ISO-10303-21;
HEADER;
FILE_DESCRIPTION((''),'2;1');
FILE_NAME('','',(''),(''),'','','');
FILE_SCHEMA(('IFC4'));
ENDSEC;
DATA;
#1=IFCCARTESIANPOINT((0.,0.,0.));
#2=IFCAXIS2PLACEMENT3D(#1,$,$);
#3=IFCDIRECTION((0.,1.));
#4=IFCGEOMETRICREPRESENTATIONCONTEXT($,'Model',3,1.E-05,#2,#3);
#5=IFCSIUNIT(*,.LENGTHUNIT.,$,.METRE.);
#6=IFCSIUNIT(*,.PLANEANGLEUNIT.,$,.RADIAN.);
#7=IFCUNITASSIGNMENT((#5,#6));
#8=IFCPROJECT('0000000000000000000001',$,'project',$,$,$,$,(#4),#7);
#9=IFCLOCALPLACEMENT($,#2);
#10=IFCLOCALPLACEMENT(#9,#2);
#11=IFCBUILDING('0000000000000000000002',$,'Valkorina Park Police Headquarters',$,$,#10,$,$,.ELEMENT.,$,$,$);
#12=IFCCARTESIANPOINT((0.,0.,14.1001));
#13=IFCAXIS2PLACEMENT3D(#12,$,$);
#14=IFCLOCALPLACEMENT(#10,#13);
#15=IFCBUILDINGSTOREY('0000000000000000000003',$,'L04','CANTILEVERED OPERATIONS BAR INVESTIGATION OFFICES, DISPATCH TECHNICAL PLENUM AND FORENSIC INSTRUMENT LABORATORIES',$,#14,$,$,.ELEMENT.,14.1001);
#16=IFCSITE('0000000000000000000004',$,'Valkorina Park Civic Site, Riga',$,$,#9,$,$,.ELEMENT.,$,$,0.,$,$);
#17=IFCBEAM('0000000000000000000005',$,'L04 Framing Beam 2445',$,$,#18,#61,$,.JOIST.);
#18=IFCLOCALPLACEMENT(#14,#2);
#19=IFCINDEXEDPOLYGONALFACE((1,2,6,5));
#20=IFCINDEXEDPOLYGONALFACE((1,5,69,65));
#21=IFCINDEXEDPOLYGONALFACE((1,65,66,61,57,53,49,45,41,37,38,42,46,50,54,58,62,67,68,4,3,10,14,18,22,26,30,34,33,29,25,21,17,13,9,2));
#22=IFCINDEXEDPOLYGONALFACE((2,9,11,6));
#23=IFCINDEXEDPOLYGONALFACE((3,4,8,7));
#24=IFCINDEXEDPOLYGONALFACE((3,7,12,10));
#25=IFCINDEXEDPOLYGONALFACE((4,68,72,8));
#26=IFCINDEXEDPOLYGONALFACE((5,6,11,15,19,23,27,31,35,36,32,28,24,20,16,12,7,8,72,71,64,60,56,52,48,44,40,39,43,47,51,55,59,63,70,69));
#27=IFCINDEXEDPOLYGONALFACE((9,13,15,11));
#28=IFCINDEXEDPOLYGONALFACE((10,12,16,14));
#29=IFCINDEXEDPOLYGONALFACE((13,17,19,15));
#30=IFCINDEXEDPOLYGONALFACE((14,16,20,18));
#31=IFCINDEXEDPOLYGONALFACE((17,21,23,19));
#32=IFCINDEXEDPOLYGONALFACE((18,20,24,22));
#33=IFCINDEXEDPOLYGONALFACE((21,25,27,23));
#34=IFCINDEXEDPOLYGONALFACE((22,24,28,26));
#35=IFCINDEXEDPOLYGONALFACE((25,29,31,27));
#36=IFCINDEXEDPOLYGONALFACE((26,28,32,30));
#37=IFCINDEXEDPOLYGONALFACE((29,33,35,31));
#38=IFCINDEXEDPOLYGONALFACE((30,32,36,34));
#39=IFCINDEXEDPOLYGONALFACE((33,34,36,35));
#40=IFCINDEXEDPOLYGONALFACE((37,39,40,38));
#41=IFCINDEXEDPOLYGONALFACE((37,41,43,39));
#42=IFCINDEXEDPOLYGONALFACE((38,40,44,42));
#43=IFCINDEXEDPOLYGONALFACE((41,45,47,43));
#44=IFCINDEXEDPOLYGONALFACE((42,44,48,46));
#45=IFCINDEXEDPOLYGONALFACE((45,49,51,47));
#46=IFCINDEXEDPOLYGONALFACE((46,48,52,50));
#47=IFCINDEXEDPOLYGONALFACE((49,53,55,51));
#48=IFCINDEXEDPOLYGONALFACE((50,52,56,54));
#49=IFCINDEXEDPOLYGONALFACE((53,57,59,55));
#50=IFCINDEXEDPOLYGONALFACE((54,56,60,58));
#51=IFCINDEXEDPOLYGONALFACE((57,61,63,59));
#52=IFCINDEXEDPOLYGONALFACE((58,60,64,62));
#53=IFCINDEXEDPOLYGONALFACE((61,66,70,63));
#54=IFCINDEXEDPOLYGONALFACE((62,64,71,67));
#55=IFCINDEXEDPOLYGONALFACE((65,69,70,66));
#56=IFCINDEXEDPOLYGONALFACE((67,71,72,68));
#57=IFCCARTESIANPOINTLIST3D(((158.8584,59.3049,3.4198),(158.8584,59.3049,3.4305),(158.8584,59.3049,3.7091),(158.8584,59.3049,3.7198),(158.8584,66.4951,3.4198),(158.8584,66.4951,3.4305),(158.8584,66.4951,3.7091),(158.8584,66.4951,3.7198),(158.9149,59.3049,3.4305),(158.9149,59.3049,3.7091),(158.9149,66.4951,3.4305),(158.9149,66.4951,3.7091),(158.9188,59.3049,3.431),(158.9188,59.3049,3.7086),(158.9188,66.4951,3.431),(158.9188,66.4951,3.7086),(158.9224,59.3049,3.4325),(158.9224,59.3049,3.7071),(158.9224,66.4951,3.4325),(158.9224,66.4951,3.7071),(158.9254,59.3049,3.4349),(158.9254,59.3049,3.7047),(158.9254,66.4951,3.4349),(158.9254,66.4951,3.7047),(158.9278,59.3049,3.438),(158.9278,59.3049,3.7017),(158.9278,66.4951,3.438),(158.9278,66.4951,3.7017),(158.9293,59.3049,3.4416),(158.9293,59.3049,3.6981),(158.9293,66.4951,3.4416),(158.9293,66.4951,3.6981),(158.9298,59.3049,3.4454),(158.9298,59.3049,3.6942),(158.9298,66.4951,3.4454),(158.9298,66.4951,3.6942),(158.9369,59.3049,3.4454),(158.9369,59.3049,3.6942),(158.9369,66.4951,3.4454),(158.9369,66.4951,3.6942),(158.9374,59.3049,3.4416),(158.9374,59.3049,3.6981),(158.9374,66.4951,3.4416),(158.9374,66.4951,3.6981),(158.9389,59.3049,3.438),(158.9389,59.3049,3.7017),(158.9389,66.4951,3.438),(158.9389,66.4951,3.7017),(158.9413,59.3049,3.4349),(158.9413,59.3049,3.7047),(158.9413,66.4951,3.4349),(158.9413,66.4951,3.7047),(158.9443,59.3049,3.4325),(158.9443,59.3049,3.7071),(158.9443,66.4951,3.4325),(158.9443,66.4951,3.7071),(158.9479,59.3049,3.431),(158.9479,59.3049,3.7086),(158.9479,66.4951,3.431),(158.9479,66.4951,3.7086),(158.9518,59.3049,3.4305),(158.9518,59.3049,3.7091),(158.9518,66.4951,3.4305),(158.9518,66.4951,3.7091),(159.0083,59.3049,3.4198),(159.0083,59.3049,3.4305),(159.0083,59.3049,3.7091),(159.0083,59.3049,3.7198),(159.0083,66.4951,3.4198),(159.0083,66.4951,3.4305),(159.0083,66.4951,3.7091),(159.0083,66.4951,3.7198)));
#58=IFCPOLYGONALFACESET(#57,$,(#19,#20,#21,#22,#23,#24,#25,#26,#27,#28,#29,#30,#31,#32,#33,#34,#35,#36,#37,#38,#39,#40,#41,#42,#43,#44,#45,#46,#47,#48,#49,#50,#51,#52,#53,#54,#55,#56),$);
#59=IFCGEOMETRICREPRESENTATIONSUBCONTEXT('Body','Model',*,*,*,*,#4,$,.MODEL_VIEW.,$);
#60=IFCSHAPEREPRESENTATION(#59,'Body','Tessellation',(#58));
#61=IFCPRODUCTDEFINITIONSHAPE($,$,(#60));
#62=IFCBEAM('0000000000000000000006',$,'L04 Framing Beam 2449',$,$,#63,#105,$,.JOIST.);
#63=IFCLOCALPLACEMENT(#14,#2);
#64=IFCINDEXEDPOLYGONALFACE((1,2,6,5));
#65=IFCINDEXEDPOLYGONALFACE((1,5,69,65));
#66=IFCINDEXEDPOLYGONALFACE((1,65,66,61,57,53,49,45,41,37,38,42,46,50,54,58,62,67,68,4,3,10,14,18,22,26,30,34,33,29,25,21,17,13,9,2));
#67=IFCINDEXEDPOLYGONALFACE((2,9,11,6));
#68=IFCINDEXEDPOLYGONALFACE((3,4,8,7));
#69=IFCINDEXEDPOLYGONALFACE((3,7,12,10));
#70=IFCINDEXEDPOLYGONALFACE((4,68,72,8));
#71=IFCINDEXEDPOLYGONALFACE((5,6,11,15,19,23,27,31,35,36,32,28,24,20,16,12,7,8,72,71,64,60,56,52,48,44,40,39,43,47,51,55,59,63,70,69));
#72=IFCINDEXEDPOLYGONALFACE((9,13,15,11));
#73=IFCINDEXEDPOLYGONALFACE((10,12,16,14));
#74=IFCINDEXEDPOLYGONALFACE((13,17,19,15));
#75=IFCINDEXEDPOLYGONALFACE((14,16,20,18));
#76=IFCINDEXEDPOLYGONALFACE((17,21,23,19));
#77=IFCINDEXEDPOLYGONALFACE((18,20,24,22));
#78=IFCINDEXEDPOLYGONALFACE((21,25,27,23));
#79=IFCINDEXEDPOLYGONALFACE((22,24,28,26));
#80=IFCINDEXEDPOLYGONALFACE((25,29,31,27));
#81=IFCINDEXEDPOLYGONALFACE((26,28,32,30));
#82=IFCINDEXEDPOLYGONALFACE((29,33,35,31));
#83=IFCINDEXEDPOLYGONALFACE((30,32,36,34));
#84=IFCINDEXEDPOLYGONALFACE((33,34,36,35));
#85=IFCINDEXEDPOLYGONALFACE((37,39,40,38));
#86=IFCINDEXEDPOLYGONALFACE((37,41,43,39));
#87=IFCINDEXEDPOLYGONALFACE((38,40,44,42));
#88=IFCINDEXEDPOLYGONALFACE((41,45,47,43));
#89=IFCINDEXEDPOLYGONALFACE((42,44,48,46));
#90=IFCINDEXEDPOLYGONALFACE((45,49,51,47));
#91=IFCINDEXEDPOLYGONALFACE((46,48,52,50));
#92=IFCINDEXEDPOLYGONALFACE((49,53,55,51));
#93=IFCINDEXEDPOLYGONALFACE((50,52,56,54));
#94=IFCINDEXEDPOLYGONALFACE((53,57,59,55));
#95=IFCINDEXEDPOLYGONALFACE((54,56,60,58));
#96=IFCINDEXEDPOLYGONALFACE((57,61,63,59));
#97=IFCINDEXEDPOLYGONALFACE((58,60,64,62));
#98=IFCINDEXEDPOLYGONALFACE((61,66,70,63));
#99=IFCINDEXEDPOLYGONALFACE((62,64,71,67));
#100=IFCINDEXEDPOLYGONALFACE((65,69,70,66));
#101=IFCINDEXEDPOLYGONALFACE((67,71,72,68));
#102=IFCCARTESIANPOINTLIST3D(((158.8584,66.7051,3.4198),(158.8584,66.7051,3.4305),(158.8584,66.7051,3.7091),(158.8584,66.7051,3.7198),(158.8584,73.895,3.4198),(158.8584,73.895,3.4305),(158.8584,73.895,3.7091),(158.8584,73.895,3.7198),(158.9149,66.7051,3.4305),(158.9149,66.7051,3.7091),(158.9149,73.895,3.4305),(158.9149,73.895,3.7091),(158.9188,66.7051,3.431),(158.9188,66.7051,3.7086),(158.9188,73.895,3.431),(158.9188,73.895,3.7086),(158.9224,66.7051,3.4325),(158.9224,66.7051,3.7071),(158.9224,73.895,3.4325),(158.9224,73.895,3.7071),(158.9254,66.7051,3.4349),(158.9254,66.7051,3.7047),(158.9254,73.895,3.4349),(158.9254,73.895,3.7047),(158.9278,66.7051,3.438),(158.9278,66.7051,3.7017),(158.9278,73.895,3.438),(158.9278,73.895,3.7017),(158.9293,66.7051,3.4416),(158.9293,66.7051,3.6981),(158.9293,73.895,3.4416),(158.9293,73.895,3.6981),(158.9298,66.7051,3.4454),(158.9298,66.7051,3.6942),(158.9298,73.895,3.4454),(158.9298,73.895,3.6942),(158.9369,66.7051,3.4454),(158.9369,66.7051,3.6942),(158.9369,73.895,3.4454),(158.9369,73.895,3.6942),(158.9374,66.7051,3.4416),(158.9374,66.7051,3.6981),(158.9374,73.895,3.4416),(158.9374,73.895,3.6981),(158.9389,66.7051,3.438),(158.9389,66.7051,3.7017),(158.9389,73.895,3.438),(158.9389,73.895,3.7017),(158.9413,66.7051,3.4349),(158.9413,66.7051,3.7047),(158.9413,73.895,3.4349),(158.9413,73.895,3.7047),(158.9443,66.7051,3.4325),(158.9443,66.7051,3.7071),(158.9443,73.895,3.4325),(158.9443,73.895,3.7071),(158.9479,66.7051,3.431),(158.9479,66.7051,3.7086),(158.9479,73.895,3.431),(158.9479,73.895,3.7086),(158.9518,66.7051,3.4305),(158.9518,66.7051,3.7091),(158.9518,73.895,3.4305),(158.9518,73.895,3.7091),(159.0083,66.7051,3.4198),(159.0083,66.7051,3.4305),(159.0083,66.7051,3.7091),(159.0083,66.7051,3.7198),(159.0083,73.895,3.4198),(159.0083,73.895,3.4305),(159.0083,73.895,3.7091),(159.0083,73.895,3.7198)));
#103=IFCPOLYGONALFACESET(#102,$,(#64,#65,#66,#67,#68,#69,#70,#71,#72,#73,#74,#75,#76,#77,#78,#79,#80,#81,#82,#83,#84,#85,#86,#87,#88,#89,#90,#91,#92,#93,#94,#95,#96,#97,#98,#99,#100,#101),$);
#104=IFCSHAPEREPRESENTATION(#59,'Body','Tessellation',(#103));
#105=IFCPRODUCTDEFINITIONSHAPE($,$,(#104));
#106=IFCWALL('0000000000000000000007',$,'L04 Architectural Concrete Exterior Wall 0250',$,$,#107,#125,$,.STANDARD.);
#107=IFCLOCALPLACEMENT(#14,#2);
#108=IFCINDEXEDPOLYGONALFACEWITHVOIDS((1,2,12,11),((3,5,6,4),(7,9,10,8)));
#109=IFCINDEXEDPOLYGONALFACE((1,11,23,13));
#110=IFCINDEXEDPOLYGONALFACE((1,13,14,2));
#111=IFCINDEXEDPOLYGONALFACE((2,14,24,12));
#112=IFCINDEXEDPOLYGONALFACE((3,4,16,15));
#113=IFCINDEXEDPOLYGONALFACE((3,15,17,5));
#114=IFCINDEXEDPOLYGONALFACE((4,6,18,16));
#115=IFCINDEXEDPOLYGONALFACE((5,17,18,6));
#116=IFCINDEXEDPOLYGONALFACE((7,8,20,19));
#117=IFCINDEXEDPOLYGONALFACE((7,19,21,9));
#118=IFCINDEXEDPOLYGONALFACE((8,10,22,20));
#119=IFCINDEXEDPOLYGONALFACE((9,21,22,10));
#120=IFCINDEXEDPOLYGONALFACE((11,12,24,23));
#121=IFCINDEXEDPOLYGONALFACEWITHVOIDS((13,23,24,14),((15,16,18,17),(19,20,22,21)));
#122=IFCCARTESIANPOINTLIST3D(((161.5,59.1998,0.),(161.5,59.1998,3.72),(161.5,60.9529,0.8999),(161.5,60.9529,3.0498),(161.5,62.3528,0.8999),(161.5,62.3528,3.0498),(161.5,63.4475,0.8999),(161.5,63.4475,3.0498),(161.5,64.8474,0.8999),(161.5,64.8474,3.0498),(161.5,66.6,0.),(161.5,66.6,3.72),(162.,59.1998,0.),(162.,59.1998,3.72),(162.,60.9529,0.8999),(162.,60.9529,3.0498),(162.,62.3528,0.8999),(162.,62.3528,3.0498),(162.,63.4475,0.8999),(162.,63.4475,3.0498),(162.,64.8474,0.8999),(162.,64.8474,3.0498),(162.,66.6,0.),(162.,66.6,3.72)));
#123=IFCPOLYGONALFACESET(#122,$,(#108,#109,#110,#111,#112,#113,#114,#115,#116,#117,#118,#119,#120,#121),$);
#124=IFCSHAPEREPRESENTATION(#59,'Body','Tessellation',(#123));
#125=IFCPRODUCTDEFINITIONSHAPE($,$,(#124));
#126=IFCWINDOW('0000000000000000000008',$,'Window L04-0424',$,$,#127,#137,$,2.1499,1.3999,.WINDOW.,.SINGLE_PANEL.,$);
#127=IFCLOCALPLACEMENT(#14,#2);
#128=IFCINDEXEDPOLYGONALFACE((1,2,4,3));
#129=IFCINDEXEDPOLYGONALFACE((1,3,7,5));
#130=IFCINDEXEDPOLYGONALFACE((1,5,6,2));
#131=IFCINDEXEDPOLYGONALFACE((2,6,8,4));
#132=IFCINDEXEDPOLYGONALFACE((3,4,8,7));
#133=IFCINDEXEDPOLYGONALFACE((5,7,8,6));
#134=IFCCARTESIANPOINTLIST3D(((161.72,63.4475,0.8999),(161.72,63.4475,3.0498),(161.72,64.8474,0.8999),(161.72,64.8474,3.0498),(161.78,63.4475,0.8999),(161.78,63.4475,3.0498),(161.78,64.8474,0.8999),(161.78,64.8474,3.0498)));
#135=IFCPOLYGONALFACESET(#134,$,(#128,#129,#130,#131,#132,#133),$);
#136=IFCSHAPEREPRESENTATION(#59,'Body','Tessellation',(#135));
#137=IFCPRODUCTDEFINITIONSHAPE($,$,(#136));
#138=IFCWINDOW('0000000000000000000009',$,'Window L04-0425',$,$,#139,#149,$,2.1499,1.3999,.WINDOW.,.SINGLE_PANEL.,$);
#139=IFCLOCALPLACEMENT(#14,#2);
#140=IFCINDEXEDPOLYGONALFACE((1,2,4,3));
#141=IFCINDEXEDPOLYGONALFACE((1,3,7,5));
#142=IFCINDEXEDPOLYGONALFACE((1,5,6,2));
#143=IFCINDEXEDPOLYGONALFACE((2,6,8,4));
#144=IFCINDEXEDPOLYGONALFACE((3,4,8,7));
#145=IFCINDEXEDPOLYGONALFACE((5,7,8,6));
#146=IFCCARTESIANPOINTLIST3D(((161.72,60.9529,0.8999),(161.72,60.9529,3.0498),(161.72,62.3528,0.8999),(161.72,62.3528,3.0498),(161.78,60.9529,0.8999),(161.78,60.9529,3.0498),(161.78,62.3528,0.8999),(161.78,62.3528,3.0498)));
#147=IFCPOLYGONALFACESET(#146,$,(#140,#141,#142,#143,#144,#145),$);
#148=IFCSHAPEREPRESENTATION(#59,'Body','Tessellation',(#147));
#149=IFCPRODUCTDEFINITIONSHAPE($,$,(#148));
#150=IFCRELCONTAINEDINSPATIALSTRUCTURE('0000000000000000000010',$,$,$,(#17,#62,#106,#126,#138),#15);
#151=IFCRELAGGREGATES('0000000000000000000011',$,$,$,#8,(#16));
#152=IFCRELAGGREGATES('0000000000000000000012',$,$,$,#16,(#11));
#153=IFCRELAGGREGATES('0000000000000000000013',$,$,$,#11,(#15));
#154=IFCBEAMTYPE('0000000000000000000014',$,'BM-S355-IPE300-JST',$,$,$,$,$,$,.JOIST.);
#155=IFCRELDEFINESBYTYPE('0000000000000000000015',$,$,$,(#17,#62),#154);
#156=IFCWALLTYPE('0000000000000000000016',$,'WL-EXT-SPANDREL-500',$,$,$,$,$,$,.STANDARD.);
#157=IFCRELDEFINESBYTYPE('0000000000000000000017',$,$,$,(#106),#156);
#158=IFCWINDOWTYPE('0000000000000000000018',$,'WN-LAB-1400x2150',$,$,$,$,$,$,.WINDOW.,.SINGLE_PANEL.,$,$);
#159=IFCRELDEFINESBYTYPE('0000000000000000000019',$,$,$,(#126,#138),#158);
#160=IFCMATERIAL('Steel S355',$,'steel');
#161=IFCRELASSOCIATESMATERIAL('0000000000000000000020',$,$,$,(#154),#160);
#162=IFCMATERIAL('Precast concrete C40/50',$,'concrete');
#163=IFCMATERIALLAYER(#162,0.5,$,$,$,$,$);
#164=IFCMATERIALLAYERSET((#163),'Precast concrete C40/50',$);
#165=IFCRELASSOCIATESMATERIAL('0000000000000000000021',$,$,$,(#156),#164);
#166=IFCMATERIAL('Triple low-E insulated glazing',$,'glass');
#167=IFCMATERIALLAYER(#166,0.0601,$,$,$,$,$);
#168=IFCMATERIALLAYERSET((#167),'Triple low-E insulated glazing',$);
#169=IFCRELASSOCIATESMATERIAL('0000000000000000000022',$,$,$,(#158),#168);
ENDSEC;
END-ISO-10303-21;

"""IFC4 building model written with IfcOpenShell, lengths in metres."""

from ifc_helpers import new_model, si_unit, direction, frame, frame_2d, origin, origin_2d, place, context, subcontext, project, spatial, rectangle, i_section, extrude, material, layer, layer_set, material_profile, profile_set, type_object, element, fill, save


model = new_model("IFC4")

# Units and contexts
model_context = context("Model", 3, precision=1e-05, world=origin(), true_north=direction((0.0, 1.0)))
body_context = subcontext(model_context, "Body", "Model", "MODEL_VIEW")
ifc_project = project(units=[si_unit("LENGTHUNIT", "METRE"), si_unit("PLANEANGLEUNIT", "RADIAN")], contexts=[model_context])

# Site, building, storey
site_placement = place(None, origin())
site = spatial("IfcSite", under=ifc_project, at=site_placement, Name="Valkorina Park Civic Site, Riga", CompositionType="ELEMENT", RefElevation=0.0)
building_placement = place(site_placement, origin())
building = spatial("IfcBuilding", under=site, at=building_placement, Name="Valkorina Park Police Headquarters", CompositionType="ELEMENT")
storey_placement = place(building_placement, frame((0.0, 0.0, 14.1001)))
storey = spatial("IfcBuildingStorey", under=building, at=storey_placement, Name="L04", Description="CANTILEVERED OPERATIONS BAR INVESTIGATION OFFICES, DISPATCH TECHNICAL PLENUM AND FORENSIC INSTRUMENT LABORATORIES", CompositionType="ELEMENT", Elevation=14.1001)

# Shared definitions
ifc_material_1 = material(Name="Steel S355", Category="steel")

# Beams
ifc_material_profile_1 = material_profile(ifc_material_1, i_section(OverallWidth=0.1499, OverallDepth=0.3, WebThickness=0.0071, FlangeThickness=0.0107, FilletRadius=0.0149, at=origin_2d()), Name="IPE 300")
ifc_profile_set_1 = profile_set([ifc_material_profile_1], Name="Steel S355")
beam_type_1 = type_object("IfcBeamType", Name="BM-S355-IPE300-JST", PredefinedType="JOIST", material=ifc_profile_set_1)
beam_1_placement = place(storey_placement, frame((158.9333, 59.3049, 3.5698), z_axis=(0.0, 1.0, 0.0), x_axis=(-1.0, 0.0, 0.0)))
element("IfcBeam", 1, at=beam_1_placement, inside=storey, type_object=beam_type_1, Name="L04 Framing Beam 2445", PredefinedType="JOIST", context=body_context, shape_type="SweptSolid", body=[
    extrude(i_section(OverallWidth=0.1499, OverallDepth=0.3, WebThickness=0.0071, FlangeThickness=0.0107, FilletRadius=0.0149, at=origin_2d()), origin(), (0.0, 0.0, 1.0), 7.1902),
])
beam_2_placement = place(storey_placement, frame((158.9333, 66.7051, 3.5698), z_axis=(0.0, 1.0, 0.0), x_axis=(-1.0, 0.0, 0.0)))
element("IfcBeam", 2, at=beam_2_placement, inside=storey, type_object=beam_type_1, Name="L04 Framing Beam 2449", PredefinedType="JOIST", context=body_context, shape_type="SweptSolid", body=[
    extrude(i_section(OverallWidth=0.1499, OverallDepth=0.3, WebThickness=0.0071, FlangeThickness=0.0107, FilletRadius=0.0149, at=origin_2d()), origin(), (0.0, 0.0, 1.0), 7.1899),
])

# Wall, openings, windows
ifc_material_2 = material(Name="Precast concrete C40/50", Category="concrete")
ifc_layer_1 = layer(ifc_material_2, 0.5)
ifc_layer_set_1 = layer_set([ifc_layer_1], Name="Precast concrete C40/50")
wall_type = type_object("IfcWallType", Name="WL-EXT-SPANDREL-500", PredefinedType="STANDARD", material=ifc_layer_set_1)
wall_1_placement = place(storey_placement, frame((161.75, 66.6001, 0.0), z_axis=(0.0, 0.0, 1.0), x_axis=(0.0, -1.0, 0.0)))
wall_1 = element("IfcWall", 3, at=wall_1_placement, inside=storey, type_object=wall_type, Name="L04 Architectural Concrete Exterior Wall 0250", PredefinedType="STANDARD", context=body_context, shape_type="SweptSolid", body=[
    extrude(rectangle(XDim=7.4001, YDim=0.5, at=frame_2d((3.7002, 0.0))), origin(), (0.0, 0.0, 1.0), 3.72),
])
opening_1_placement = place(wall_1_placement, frame((1.7527, 0.0, 0.8999)))
opening_1 = element("IfcOpeningElement", 4, at=opening_1_placement, cuts=wall_1, PredefinedType="OPENING", context=body_context, shape_type="SweptSolid", body=[
    extrude(rectangle(XDim=1.3999, YDim=2.1499, at=frame_2d((0.7, 1.075))), frame((0.0, 0.26, 0.0), z_axis=(0.0, -1.0, 0.0), x_axis=(1.0, 0.0, 0.0)), (0.0, 0.0, 1.0), 0.52),
])
opening_2_placement = place(wall_1_placement, frame((4.2473, 0.0, 0.8999)))
opening_2 = element("IfcOpeningElement", 5, at=opening_2_placement, cuts=wall_1, PredefinedType="OPENING", context=body_context, shape_type="SweptSolid", body=[
    extrude(rectangle(XDim=1.3999, YDim=2.1499, at=frame_2d((0.7, 1.075))), frame((0.0, 0.26, 0.0), z_axis=(0.0, -1.0, 0.0), x_axis=(1.0, 0.0, 0.0)), (0.0, 0.0, 1.0), 0.52),
])
ifc_material_3 = material(Name="Triple low-E insulated glazing", Category="glass")
ifc_layer_2 = layer(ifc_material_3, 0.0601)
ifc_layer_set_2 = layer_set([ifc_layer_2], Name="Triple low-E insulated glazing")
window_type_1 = type_object("IfcWindowType", Name="WN-LAB-1400x2150", PartitioningType="SINGLE_PANEL", PredefinedType="WINDOW", material=ifc_layer_set_2)
window_1_placement = place(opening_1_placement, origin())
window_1 = element("IfcWindow", 6, at=window_1_placement, inside=storey, type_object=window_type_1, Name="Window L04-0424", OverallHeight=2.1499, OverallWidth=1.3999, PartitioningType="SINGLE_PANEL", PredefinedType="WINDOW", context=body_context, shape_type="SweptSolid", body=[
    extrude(rectangle(XDim=1.3999, YDim=2.1499, at=frame_2d((0.7, 1.075))), frame((0.0, 0.03, 0.0), z_axis=(0.0, -1.0, 0.0), x_axis=(1.0, 0.0, 0.0)), (0.0, 0.0, 1.0), 0.0601),
])
fill(opening_1, window_1)
window_2_placement = place(opening_2_placement, origin())
window_2 = element("IfcWindow", 7, at=window_2_placement, inside=storey, type_object=window_type_1, Name="Window L04-0425", OverallHeight=2.1499, OverallWidth=1.3999, PartitioningType="SINGLE_PANEL", PredefinedType="WINDOW", context=body_context, shape_type="SweptSolid", body=[
    extrude(rectangle(XDim=1.3999, YDim=2.1499, at=frame_2d((0.7, 1.075))), frame((0.0, 0.03, 0.0), z_axis=(0.0, -1.0, 0.0), x_axis=(1.0, 0.0, 0.0)), (0.0, 0.0, 1.0), 0.0601),
])
fill(opening_2, window_2)

save(model, "model.ifc")
